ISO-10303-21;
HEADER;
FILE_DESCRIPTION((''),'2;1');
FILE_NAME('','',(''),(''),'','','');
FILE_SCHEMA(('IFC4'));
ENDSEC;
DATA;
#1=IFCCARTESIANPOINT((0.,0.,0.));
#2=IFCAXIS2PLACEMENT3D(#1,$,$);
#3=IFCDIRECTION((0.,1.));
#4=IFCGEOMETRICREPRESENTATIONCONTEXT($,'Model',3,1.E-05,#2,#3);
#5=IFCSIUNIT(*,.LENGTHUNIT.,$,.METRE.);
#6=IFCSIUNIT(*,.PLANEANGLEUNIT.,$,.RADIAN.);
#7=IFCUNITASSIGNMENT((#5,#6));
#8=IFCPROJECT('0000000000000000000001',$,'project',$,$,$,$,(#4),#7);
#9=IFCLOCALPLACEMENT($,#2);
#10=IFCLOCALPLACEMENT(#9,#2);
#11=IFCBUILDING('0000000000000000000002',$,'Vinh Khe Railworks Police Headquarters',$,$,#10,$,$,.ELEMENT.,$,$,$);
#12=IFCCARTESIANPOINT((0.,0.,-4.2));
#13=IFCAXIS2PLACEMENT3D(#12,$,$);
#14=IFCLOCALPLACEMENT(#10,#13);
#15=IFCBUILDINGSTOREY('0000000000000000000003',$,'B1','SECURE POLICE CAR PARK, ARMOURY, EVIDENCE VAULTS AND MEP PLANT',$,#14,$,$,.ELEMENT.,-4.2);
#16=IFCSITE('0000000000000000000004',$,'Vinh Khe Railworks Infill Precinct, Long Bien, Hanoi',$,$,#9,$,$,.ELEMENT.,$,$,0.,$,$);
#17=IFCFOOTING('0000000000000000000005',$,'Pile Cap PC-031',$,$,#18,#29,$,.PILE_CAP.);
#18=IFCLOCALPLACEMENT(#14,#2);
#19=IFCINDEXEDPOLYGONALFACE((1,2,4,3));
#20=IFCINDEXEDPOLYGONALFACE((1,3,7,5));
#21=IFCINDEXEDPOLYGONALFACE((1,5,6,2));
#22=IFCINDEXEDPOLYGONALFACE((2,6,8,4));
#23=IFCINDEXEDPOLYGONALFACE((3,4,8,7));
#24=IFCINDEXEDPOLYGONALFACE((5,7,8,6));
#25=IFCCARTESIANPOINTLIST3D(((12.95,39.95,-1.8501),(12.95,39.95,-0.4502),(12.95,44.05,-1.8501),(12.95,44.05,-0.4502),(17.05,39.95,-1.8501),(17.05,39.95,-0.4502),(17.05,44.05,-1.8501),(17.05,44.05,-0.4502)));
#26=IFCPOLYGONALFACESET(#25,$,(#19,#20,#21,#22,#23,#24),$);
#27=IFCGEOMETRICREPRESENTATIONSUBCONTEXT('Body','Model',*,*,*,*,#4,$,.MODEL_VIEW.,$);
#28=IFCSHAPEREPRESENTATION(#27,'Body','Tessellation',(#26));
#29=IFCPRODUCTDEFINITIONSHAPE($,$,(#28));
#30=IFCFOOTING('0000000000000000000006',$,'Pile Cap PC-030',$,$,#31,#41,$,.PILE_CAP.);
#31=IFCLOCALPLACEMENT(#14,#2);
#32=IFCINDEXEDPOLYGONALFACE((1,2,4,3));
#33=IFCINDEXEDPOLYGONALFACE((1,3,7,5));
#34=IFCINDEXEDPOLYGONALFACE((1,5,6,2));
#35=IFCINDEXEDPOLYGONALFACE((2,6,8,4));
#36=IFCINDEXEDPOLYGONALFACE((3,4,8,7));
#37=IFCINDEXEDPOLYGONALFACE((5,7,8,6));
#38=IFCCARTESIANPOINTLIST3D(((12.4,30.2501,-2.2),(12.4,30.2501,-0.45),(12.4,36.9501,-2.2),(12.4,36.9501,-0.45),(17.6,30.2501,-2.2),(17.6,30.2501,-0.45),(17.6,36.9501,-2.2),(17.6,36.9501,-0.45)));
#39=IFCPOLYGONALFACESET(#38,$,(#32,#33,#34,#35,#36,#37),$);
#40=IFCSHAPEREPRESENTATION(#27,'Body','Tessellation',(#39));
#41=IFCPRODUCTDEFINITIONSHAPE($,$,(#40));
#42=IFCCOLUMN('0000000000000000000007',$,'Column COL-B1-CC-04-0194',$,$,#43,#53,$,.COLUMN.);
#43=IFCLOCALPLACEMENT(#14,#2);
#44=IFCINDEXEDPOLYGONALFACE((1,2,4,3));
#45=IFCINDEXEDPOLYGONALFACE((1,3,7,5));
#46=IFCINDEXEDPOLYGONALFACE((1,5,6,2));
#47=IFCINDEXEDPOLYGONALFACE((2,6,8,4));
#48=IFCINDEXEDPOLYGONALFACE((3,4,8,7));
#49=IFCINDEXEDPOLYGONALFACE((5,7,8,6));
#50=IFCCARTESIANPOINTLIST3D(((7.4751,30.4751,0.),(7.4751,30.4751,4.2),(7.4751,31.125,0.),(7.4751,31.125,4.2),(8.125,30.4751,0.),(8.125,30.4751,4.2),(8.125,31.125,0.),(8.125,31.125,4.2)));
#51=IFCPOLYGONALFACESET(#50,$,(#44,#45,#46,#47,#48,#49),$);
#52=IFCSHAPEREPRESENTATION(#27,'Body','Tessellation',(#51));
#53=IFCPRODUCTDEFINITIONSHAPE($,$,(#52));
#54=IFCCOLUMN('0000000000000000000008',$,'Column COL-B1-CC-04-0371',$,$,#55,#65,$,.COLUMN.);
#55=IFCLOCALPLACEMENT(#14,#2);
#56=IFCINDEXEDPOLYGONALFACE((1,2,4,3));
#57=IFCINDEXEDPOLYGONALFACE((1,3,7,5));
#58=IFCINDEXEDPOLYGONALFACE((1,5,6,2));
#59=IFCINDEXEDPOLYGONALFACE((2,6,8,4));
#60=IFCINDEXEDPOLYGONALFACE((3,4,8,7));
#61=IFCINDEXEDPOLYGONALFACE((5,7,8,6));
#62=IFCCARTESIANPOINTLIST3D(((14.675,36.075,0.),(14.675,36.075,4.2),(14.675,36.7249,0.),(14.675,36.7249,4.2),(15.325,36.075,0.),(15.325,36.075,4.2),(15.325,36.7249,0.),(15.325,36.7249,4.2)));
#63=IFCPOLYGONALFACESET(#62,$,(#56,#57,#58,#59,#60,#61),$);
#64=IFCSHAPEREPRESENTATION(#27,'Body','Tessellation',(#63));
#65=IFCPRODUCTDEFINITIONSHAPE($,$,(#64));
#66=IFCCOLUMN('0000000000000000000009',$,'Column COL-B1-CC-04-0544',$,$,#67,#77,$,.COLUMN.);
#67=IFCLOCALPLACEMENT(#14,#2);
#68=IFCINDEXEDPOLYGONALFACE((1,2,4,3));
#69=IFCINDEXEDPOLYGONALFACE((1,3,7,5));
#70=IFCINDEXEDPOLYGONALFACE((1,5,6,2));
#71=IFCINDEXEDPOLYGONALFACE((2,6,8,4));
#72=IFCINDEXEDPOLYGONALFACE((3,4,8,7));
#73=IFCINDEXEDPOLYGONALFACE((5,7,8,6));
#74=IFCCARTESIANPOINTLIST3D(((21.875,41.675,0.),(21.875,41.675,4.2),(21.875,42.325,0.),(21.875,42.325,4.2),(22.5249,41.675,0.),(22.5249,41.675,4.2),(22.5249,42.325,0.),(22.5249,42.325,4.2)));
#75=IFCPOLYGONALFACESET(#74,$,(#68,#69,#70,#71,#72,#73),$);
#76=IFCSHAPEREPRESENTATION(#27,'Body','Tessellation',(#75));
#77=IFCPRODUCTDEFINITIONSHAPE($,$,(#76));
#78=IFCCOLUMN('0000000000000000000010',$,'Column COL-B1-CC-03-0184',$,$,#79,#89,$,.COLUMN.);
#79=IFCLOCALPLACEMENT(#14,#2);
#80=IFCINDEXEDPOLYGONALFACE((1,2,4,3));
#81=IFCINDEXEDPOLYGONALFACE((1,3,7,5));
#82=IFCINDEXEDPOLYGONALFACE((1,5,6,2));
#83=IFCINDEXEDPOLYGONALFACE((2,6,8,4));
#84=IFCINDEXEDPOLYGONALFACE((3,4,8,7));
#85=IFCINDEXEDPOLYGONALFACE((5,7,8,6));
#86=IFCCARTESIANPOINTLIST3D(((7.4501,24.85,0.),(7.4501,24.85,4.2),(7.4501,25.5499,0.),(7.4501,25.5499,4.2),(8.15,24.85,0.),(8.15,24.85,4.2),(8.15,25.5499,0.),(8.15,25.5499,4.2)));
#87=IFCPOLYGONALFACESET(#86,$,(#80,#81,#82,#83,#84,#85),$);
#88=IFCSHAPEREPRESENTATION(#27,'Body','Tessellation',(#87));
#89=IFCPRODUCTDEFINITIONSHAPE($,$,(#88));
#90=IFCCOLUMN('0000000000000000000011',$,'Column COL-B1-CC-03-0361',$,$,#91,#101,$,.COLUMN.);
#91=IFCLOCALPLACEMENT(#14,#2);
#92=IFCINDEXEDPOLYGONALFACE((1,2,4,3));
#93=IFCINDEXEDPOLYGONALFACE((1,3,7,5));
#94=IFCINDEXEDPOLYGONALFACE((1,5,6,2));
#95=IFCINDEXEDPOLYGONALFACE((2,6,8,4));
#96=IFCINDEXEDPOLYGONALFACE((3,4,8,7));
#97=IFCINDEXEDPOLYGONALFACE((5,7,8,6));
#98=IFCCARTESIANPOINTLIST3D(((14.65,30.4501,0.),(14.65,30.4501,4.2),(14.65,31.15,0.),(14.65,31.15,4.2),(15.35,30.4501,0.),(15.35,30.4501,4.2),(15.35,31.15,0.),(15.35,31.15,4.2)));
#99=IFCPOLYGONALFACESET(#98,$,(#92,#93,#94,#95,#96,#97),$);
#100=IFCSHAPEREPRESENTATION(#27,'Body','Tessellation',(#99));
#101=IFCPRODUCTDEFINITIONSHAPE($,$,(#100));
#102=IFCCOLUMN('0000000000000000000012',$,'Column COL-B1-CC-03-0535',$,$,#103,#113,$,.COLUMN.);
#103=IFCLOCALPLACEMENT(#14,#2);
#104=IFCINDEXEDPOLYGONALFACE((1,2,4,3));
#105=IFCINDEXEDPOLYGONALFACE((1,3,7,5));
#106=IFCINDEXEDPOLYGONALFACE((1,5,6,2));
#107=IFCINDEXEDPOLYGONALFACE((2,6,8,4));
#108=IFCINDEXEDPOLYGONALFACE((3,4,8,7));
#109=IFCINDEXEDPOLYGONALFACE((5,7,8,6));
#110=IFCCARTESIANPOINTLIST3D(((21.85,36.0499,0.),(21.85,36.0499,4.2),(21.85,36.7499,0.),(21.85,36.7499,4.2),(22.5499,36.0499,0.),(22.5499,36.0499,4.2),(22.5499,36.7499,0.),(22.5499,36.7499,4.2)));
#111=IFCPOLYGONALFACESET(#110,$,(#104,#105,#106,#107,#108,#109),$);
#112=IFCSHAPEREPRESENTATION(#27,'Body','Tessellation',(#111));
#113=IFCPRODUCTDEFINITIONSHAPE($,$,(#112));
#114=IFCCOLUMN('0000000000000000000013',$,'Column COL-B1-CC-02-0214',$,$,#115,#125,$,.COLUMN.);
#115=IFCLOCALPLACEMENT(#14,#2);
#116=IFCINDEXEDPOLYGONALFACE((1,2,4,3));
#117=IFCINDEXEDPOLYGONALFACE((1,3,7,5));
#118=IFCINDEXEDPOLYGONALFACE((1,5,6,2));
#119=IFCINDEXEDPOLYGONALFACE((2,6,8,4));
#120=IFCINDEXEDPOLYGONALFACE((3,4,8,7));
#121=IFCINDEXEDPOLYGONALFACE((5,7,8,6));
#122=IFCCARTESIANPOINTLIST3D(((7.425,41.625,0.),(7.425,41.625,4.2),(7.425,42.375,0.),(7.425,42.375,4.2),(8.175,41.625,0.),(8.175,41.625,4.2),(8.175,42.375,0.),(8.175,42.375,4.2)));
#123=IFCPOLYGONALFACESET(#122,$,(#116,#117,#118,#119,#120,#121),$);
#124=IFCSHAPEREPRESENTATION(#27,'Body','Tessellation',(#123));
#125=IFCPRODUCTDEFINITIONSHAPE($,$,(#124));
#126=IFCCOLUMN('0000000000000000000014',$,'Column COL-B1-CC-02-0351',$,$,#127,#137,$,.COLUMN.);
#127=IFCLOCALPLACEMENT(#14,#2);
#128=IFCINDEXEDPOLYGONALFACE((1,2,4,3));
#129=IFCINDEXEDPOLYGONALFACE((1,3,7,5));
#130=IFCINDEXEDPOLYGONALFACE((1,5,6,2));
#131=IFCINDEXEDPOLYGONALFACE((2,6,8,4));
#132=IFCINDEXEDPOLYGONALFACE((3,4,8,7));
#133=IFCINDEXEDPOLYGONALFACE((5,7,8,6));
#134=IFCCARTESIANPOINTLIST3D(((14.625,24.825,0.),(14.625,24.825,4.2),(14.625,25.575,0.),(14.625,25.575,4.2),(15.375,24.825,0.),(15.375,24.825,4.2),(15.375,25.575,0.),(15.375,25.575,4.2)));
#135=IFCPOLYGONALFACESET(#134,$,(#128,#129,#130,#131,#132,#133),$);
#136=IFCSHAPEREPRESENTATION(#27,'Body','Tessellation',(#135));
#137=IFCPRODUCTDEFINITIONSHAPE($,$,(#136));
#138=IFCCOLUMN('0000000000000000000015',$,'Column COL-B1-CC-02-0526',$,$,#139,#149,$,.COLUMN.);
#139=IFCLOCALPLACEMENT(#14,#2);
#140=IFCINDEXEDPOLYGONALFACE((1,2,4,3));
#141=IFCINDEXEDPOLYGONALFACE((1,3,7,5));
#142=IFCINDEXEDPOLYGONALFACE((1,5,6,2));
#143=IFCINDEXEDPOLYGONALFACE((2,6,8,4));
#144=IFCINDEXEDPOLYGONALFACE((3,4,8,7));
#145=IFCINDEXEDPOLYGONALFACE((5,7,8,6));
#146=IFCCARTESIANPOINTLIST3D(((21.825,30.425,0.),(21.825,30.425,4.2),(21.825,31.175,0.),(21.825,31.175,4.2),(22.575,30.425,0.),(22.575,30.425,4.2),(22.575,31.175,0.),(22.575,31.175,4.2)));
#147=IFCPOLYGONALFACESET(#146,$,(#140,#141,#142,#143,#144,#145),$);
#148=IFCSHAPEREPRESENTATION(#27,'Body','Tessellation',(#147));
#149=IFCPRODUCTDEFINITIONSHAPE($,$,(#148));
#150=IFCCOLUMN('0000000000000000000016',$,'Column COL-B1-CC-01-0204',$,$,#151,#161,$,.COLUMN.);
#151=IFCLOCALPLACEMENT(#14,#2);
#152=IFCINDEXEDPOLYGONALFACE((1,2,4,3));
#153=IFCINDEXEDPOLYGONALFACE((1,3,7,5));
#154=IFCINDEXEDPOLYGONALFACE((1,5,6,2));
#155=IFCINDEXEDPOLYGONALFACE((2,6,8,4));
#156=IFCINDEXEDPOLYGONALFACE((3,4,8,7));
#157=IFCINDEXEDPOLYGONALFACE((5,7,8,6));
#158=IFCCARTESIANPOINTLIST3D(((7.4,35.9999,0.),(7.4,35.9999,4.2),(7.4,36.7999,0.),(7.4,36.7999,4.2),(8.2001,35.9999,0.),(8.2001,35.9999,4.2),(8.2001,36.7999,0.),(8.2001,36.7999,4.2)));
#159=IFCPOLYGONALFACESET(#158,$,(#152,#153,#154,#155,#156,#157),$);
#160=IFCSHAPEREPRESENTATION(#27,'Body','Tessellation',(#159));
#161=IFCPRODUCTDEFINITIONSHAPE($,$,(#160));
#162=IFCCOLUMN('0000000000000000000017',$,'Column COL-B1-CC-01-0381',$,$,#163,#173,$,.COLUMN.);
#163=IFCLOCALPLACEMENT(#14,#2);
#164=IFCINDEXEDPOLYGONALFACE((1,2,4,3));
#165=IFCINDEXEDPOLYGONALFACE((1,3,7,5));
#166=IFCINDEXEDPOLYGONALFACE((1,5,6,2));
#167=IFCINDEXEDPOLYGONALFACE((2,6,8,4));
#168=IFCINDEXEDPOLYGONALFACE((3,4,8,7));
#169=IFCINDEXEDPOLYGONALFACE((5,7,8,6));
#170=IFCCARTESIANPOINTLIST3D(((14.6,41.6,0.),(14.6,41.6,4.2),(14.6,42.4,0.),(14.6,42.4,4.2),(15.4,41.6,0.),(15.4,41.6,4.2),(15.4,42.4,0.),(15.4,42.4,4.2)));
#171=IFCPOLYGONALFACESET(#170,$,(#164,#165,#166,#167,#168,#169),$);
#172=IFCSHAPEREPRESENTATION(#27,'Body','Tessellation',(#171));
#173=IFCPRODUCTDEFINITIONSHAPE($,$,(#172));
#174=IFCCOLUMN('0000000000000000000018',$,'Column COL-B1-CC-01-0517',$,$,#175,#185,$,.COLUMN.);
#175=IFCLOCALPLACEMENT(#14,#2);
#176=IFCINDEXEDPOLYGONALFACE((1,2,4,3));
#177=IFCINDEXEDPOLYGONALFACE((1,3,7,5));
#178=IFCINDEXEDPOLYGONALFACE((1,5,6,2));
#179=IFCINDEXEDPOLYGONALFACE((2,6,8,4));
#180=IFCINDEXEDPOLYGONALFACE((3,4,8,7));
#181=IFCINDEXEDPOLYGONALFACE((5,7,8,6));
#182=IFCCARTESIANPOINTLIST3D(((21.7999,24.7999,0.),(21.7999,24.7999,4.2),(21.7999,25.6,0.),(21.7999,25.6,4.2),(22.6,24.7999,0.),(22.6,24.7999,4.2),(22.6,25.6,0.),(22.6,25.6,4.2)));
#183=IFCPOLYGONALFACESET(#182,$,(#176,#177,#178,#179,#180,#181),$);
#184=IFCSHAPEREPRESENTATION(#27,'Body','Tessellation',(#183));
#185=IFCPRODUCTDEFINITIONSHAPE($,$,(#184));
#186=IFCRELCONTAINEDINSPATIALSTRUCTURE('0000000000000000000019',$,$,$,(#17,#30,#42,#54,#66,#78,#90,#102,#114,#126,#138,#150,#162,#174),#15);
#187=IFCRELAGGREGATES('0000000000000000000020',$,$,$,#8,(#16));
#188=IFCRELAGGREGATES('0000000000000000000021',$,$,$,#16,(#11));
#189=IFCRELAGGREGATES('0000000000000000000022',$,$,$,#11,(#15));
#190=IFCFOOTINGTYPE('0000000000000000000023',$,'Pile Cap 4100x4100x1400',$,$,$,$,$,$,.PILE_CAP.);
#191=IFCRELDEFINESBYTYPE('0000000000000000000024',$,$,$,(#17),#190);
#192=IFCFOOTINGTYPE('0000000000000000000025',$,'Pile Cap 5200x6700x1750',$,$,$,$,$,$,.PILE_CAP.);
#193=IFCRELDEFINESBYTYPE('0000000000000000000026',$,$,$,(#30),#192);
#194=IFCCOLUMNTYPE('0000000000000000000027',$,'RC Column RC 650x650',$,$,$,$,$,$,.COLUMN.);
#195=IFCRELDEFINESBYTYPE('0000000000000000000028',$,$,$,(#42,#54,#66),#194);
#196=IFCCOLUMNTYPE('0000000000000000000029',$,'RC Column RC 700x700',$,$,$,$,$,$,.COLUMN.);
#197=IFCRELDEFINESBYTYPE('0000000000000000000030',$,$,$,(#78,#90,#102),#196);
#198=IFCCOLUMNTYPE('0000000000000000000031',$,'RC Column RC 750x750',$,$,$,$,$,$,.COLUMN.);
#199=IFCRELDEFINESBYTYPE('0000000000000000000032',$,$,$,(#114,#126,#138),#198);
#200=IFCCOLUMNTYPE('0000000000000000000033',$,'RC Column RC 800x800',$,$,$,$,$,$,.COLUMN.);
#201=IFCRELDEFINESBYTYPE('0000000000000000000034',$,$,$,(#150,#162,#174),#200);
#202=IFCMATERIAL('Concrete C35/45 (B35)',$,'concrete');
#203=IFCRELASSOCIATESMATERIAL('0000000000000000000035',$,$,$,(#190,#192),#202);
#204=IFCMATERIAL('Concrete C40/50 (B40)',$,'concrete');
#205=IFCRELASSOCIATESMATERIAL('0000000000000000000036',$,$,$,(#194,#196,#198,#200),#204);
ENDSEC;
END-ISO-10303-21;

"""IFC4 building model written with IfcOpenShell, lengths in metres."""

from ifc_helpers import new_model, si_unit, direction, frame, origin, origin_2d, place, context, subcontext, project, spatial, rectangle, extrude, material, material_profile, profile_set, type_object, element, save


model = new_model("IFC4")

# Units and contexts
model_context = context("Model", 3, precision=1e-05, world=origin(), true_north=direction((0.0, 1.0)))
body_context = subcontext(model_context, "Body", "Model", "MODEL_VIEW")
ifc_project = project(units=[si_unit("LENGTHUNIT", "METRE"), si_unit("PLANEANGLEUNIT", "RADIAN")], contexts=[model_context])

# Site, building, storey
site_placement = place(None, origin())
site = spatial("IfcSite", under=ifc_project, at=site_placement, Name="Vinh Khe Railworks Infill Precinct, Long Bien, Hanoi", CompositionType="ELEMENT", RefElevation=0.0)
building_placement = place(site_placement, origin())
building = spatial("IfcBuilding", under=site, at=building_placement, Name="Vinh Khe Railworks Police Headquarters", CompositionType="ELEMENT")
storey_placement = place(building_placement, frame((0.0, 0.0, -4.2)))
storey = spatial("IfcBuildingStorey", under=building, at=storey_placement, Name="B1", Description="SECURE POLICE CAR PARK, ARMOURY, EVIDENCE VAULTS AND MEP PLANT", CompositionType="ELEMENT", Elevation=-4.2)

# Shared definitions
ifc_material_1 = material(Name="Concrete C35/45 (B35)", Category="concrete")

# Footings
footing_type_1 = type_object("IfcFootingType", Name="Pile Cap 4100x4100x1400", PredefinedType="PILE_CAP", material=ifc_material_1)
for number, where, z_axis, x_axis, name in (
    (1, (15.0, 42.0, -1.8501), (0.0, 0.0, 1.0), (1.0, 0.0, 0.0), "Pile Cap PC-031"),
):
    element("IfcFooting", number, at=place(storey_placement, frame(where, z_axis=z_axis, x_axis=x_axis)), inside=storey, type_object=footing_type_1, Name=name, PredefinedType="PILE_CAP", context=body_context, shape_type="SweptSolid", body=[
        extrude(rectangle(XDim=4.1001, YDim=4.1001, at=origin_2d()), origin(), (0.0, 0.0, 1.0), 1.3999),
    ])
footing_type_2 = type_object("IfcFootingType", Name="Pile Cap 5200x6700x1750", PredefinedType="PILE_CAP", material=ifc_material_1)
footing_1_placement = place(storey_placement, frame((15.0, 33.6001, -2.2), z_axis=(0.0, 0.0, 1.0), x_axis=(1.0, 0.0, 0.0)))
element("IfcFooting", 2, at=footing_1_placement, inside=storey, type_object=footing_type_2, Name="Pile Cap PC-030", PredefinedType="PILE_CAP", context=body_context, shape_type="SweptSolid", body=[
    extrude(rectangle(XDim=5.2, YDim=6.7, at=origin_2d()), origin(), (0.0, 0.0, 1.0), 1.75),
])

# Columns
ifc_material_2 = material(Name="Concrete C40/50 (B40)", Category="concrete")
ifc_material_profile_1 = material_profile(ifc_material_2, rectangle(XDim=0.6499, YDim=0.6499, at=origin_2d()), Name="RC 650x650")
ifc_profile_set_1 = profile_set([ifc_material_profile_1], Name="Concrete C40/50 (B40)")
column_type_1 = type_object("IfcColumnType", Name="RC Column RC 650x650", PredefinedType="COLUMN", material=ifc_profile_set_1)
for number, where, z_axis, x_axis, name in (
    (3, (7.8, 30.8, 0.0), (0.0, 0.0, 1.0), (1.0, 0.0, 0.0), "Column COL-B1-CC-04-0194"),
    (4, (15.0, 36.3999, 0.0), (0.0, 0.0, 1.0), (1.0, 0.0, 0.0), "Column COL-B1-CC-04-0371"),
    (5, (22.2, 42.0, 0.0), (0.0, 0.0, 1.0), (1.0, 0.0, 0.0), "Column COL-B1-CC-04-0544"),
):
    element("IfcColumn", number, at=place(storey_placement, frame(where, z_axis=z_axis, x_axis=x_axis)), inside=storey, type_object=column_type_1, Name=name, PredefinedType="COLUMN", context=body_context, shape_type="SweptSolid", body=[
        extrude(rectangle(XDim=0.6499, YDim=0.6499, at=origin_2d()), origin(), (0.0, 0.0, 1.0), 4.2),
    ])
ifc_material_profile_2 = material_profile(ifc_material_2, rectangle(XDim=0.7, YDim=0.7, at=origin_2d()), Name="RC 700x700")
ifc_profile_set_2 = profile_set([ifc_material_profile_2], Name="Concrete C40/50 (B40)")
column_type_2 = type_object("IfcColumnType", Name="RC Column RC 700x700", PredefinedType="COLUMN", material=ifc_profile_set_2)
for number, where, z_axis, x_axis, name in (
    (6, (7.8, 25.2, 0.0), (0.0, 0.0, 1.0), (1.0, 0.0, 0.0), "Column COL-B1-CC-03-0184"),
    (7, (15.0, 30.8, 0.0), (0.0, 0.0, 1.0), (1.0, 0.0, 0.0), "Column COL-B1-CC-03-0361"),
    (8, (22.2, 36.3999, 0.0), (0.0, 0.0, 1.0), (1.0, 0.0, 0.0), "Column COL-B1-CC-03-0535"),
):
    element("IfcColumn", number, at=place(storey_placement, frame(where, z_axis=z_axis, x_axis=x_axis)), inside=storey, type_object=column_type_2, Name=name, PredefinedType="COLUMN", context=body_context, shape_type="SweptSolid", body=[
        extrude(rectangle(XDim=0.7, YDim=0.7, at=origin_2d()), origin(), (0.0, 0.0, 1.0), 4.2),
    ])
ifc_material_profile_3 = material_profile(ifc_material_2, rectangle(XDim=0.75, YDim=0.75, at=origin_2d()), Name="RC 750x750")
ifc_profile_set_3 = profile_set([ifc_material_profile_3], Name="Concrete C40/50 (B40)")
column_type_3 = type_object("IfcColumnType", Name="RC Column RC 750x750", PredefinedType="COLUMN", material=ifc_profile_set_3)
for number, where, z_axis, x_axis, name in (
    (9, (7.8, 42.0, 0.0), (0.0, 0.0, 1.0), (1.0, 0.0, 0.0), "Column COL-B1-CC-02-0214"),
    (10, (15.0, 25.2, 0.0), (0.0, 0.0, 1.0), (1.0, 0.0, 0.0), "Column COL-B1-CC-02-0351"),
    (11, (22.2, 30.8, 0.0), (0.0, 0.0, 1.0), (1.0, 0.0, 0.0), "Column COL-B1-CC-02-0526"),
):
    element("IfcColumn", number, at=place(storey_placement, frame(where, z_axis=z_axis, x_axis=x_axis)), inside=storey, type_object=column_type_3, Name=name, PredefinedType="COLUMN", context=body_context, shape_type="SweptSolid", body=[
        extrude(rectangle(XDim=0.75, YDim=0.75, at=origin_2d()), origin(), (0.0, 0.0, 1.0), 4.2),
    ])
ifc_material_profile_4 = material_profile(ifc_material_2, rectangle(XDim=0.8, YDim=0.8, at=origin_2d()), Name="RC 800x800")
ifc_profile_set_4 = profile_set([ifc_material_profile_4], Name="Concrete C40/50 (B40)")
column_type_4 = type_object("IfcColumnType", Name="RC Column RC 800x800", PredefinedType="COLUMN", material=ifc_profile_set_4)
for number, where, z_axis, x_axis, name in (
    (12, (7.8, 36.3999, 0.0), (0.0, 0.0, 1.0), (1.0, 0.0, 0.0), "Column COL-B1-CC-01-0204"),
    (13, (15.0, 42.0, 0.0), (0.0, 0.0, 1.0), (1.0, 0.0, 0.0), "Column COL-B1-CC-01-0381"),
    (14, (22.2, 25.2, 0.0), (0.0, 0.0, 1.0), (1.0, 0.0, 0.0), "Column COL-B1-CC-01-0517"),
):
    element("IfcColumn", number, at=place(storey_placement, frame(where, z_axis=z_axis, x_axis=x_axis)), inside=storey, type_object=column_type_4, Name=name, PredefinedType="COLUMN", context=body_context, shape_type="SweptSolid", body=[
        extrude(rectangle(XDim=0.8, YDim=0.8, at=origin_2d()), origin(), (0.0, 0.0, 1.0), 4.2),
    ])

save(model, "model.ifc")
